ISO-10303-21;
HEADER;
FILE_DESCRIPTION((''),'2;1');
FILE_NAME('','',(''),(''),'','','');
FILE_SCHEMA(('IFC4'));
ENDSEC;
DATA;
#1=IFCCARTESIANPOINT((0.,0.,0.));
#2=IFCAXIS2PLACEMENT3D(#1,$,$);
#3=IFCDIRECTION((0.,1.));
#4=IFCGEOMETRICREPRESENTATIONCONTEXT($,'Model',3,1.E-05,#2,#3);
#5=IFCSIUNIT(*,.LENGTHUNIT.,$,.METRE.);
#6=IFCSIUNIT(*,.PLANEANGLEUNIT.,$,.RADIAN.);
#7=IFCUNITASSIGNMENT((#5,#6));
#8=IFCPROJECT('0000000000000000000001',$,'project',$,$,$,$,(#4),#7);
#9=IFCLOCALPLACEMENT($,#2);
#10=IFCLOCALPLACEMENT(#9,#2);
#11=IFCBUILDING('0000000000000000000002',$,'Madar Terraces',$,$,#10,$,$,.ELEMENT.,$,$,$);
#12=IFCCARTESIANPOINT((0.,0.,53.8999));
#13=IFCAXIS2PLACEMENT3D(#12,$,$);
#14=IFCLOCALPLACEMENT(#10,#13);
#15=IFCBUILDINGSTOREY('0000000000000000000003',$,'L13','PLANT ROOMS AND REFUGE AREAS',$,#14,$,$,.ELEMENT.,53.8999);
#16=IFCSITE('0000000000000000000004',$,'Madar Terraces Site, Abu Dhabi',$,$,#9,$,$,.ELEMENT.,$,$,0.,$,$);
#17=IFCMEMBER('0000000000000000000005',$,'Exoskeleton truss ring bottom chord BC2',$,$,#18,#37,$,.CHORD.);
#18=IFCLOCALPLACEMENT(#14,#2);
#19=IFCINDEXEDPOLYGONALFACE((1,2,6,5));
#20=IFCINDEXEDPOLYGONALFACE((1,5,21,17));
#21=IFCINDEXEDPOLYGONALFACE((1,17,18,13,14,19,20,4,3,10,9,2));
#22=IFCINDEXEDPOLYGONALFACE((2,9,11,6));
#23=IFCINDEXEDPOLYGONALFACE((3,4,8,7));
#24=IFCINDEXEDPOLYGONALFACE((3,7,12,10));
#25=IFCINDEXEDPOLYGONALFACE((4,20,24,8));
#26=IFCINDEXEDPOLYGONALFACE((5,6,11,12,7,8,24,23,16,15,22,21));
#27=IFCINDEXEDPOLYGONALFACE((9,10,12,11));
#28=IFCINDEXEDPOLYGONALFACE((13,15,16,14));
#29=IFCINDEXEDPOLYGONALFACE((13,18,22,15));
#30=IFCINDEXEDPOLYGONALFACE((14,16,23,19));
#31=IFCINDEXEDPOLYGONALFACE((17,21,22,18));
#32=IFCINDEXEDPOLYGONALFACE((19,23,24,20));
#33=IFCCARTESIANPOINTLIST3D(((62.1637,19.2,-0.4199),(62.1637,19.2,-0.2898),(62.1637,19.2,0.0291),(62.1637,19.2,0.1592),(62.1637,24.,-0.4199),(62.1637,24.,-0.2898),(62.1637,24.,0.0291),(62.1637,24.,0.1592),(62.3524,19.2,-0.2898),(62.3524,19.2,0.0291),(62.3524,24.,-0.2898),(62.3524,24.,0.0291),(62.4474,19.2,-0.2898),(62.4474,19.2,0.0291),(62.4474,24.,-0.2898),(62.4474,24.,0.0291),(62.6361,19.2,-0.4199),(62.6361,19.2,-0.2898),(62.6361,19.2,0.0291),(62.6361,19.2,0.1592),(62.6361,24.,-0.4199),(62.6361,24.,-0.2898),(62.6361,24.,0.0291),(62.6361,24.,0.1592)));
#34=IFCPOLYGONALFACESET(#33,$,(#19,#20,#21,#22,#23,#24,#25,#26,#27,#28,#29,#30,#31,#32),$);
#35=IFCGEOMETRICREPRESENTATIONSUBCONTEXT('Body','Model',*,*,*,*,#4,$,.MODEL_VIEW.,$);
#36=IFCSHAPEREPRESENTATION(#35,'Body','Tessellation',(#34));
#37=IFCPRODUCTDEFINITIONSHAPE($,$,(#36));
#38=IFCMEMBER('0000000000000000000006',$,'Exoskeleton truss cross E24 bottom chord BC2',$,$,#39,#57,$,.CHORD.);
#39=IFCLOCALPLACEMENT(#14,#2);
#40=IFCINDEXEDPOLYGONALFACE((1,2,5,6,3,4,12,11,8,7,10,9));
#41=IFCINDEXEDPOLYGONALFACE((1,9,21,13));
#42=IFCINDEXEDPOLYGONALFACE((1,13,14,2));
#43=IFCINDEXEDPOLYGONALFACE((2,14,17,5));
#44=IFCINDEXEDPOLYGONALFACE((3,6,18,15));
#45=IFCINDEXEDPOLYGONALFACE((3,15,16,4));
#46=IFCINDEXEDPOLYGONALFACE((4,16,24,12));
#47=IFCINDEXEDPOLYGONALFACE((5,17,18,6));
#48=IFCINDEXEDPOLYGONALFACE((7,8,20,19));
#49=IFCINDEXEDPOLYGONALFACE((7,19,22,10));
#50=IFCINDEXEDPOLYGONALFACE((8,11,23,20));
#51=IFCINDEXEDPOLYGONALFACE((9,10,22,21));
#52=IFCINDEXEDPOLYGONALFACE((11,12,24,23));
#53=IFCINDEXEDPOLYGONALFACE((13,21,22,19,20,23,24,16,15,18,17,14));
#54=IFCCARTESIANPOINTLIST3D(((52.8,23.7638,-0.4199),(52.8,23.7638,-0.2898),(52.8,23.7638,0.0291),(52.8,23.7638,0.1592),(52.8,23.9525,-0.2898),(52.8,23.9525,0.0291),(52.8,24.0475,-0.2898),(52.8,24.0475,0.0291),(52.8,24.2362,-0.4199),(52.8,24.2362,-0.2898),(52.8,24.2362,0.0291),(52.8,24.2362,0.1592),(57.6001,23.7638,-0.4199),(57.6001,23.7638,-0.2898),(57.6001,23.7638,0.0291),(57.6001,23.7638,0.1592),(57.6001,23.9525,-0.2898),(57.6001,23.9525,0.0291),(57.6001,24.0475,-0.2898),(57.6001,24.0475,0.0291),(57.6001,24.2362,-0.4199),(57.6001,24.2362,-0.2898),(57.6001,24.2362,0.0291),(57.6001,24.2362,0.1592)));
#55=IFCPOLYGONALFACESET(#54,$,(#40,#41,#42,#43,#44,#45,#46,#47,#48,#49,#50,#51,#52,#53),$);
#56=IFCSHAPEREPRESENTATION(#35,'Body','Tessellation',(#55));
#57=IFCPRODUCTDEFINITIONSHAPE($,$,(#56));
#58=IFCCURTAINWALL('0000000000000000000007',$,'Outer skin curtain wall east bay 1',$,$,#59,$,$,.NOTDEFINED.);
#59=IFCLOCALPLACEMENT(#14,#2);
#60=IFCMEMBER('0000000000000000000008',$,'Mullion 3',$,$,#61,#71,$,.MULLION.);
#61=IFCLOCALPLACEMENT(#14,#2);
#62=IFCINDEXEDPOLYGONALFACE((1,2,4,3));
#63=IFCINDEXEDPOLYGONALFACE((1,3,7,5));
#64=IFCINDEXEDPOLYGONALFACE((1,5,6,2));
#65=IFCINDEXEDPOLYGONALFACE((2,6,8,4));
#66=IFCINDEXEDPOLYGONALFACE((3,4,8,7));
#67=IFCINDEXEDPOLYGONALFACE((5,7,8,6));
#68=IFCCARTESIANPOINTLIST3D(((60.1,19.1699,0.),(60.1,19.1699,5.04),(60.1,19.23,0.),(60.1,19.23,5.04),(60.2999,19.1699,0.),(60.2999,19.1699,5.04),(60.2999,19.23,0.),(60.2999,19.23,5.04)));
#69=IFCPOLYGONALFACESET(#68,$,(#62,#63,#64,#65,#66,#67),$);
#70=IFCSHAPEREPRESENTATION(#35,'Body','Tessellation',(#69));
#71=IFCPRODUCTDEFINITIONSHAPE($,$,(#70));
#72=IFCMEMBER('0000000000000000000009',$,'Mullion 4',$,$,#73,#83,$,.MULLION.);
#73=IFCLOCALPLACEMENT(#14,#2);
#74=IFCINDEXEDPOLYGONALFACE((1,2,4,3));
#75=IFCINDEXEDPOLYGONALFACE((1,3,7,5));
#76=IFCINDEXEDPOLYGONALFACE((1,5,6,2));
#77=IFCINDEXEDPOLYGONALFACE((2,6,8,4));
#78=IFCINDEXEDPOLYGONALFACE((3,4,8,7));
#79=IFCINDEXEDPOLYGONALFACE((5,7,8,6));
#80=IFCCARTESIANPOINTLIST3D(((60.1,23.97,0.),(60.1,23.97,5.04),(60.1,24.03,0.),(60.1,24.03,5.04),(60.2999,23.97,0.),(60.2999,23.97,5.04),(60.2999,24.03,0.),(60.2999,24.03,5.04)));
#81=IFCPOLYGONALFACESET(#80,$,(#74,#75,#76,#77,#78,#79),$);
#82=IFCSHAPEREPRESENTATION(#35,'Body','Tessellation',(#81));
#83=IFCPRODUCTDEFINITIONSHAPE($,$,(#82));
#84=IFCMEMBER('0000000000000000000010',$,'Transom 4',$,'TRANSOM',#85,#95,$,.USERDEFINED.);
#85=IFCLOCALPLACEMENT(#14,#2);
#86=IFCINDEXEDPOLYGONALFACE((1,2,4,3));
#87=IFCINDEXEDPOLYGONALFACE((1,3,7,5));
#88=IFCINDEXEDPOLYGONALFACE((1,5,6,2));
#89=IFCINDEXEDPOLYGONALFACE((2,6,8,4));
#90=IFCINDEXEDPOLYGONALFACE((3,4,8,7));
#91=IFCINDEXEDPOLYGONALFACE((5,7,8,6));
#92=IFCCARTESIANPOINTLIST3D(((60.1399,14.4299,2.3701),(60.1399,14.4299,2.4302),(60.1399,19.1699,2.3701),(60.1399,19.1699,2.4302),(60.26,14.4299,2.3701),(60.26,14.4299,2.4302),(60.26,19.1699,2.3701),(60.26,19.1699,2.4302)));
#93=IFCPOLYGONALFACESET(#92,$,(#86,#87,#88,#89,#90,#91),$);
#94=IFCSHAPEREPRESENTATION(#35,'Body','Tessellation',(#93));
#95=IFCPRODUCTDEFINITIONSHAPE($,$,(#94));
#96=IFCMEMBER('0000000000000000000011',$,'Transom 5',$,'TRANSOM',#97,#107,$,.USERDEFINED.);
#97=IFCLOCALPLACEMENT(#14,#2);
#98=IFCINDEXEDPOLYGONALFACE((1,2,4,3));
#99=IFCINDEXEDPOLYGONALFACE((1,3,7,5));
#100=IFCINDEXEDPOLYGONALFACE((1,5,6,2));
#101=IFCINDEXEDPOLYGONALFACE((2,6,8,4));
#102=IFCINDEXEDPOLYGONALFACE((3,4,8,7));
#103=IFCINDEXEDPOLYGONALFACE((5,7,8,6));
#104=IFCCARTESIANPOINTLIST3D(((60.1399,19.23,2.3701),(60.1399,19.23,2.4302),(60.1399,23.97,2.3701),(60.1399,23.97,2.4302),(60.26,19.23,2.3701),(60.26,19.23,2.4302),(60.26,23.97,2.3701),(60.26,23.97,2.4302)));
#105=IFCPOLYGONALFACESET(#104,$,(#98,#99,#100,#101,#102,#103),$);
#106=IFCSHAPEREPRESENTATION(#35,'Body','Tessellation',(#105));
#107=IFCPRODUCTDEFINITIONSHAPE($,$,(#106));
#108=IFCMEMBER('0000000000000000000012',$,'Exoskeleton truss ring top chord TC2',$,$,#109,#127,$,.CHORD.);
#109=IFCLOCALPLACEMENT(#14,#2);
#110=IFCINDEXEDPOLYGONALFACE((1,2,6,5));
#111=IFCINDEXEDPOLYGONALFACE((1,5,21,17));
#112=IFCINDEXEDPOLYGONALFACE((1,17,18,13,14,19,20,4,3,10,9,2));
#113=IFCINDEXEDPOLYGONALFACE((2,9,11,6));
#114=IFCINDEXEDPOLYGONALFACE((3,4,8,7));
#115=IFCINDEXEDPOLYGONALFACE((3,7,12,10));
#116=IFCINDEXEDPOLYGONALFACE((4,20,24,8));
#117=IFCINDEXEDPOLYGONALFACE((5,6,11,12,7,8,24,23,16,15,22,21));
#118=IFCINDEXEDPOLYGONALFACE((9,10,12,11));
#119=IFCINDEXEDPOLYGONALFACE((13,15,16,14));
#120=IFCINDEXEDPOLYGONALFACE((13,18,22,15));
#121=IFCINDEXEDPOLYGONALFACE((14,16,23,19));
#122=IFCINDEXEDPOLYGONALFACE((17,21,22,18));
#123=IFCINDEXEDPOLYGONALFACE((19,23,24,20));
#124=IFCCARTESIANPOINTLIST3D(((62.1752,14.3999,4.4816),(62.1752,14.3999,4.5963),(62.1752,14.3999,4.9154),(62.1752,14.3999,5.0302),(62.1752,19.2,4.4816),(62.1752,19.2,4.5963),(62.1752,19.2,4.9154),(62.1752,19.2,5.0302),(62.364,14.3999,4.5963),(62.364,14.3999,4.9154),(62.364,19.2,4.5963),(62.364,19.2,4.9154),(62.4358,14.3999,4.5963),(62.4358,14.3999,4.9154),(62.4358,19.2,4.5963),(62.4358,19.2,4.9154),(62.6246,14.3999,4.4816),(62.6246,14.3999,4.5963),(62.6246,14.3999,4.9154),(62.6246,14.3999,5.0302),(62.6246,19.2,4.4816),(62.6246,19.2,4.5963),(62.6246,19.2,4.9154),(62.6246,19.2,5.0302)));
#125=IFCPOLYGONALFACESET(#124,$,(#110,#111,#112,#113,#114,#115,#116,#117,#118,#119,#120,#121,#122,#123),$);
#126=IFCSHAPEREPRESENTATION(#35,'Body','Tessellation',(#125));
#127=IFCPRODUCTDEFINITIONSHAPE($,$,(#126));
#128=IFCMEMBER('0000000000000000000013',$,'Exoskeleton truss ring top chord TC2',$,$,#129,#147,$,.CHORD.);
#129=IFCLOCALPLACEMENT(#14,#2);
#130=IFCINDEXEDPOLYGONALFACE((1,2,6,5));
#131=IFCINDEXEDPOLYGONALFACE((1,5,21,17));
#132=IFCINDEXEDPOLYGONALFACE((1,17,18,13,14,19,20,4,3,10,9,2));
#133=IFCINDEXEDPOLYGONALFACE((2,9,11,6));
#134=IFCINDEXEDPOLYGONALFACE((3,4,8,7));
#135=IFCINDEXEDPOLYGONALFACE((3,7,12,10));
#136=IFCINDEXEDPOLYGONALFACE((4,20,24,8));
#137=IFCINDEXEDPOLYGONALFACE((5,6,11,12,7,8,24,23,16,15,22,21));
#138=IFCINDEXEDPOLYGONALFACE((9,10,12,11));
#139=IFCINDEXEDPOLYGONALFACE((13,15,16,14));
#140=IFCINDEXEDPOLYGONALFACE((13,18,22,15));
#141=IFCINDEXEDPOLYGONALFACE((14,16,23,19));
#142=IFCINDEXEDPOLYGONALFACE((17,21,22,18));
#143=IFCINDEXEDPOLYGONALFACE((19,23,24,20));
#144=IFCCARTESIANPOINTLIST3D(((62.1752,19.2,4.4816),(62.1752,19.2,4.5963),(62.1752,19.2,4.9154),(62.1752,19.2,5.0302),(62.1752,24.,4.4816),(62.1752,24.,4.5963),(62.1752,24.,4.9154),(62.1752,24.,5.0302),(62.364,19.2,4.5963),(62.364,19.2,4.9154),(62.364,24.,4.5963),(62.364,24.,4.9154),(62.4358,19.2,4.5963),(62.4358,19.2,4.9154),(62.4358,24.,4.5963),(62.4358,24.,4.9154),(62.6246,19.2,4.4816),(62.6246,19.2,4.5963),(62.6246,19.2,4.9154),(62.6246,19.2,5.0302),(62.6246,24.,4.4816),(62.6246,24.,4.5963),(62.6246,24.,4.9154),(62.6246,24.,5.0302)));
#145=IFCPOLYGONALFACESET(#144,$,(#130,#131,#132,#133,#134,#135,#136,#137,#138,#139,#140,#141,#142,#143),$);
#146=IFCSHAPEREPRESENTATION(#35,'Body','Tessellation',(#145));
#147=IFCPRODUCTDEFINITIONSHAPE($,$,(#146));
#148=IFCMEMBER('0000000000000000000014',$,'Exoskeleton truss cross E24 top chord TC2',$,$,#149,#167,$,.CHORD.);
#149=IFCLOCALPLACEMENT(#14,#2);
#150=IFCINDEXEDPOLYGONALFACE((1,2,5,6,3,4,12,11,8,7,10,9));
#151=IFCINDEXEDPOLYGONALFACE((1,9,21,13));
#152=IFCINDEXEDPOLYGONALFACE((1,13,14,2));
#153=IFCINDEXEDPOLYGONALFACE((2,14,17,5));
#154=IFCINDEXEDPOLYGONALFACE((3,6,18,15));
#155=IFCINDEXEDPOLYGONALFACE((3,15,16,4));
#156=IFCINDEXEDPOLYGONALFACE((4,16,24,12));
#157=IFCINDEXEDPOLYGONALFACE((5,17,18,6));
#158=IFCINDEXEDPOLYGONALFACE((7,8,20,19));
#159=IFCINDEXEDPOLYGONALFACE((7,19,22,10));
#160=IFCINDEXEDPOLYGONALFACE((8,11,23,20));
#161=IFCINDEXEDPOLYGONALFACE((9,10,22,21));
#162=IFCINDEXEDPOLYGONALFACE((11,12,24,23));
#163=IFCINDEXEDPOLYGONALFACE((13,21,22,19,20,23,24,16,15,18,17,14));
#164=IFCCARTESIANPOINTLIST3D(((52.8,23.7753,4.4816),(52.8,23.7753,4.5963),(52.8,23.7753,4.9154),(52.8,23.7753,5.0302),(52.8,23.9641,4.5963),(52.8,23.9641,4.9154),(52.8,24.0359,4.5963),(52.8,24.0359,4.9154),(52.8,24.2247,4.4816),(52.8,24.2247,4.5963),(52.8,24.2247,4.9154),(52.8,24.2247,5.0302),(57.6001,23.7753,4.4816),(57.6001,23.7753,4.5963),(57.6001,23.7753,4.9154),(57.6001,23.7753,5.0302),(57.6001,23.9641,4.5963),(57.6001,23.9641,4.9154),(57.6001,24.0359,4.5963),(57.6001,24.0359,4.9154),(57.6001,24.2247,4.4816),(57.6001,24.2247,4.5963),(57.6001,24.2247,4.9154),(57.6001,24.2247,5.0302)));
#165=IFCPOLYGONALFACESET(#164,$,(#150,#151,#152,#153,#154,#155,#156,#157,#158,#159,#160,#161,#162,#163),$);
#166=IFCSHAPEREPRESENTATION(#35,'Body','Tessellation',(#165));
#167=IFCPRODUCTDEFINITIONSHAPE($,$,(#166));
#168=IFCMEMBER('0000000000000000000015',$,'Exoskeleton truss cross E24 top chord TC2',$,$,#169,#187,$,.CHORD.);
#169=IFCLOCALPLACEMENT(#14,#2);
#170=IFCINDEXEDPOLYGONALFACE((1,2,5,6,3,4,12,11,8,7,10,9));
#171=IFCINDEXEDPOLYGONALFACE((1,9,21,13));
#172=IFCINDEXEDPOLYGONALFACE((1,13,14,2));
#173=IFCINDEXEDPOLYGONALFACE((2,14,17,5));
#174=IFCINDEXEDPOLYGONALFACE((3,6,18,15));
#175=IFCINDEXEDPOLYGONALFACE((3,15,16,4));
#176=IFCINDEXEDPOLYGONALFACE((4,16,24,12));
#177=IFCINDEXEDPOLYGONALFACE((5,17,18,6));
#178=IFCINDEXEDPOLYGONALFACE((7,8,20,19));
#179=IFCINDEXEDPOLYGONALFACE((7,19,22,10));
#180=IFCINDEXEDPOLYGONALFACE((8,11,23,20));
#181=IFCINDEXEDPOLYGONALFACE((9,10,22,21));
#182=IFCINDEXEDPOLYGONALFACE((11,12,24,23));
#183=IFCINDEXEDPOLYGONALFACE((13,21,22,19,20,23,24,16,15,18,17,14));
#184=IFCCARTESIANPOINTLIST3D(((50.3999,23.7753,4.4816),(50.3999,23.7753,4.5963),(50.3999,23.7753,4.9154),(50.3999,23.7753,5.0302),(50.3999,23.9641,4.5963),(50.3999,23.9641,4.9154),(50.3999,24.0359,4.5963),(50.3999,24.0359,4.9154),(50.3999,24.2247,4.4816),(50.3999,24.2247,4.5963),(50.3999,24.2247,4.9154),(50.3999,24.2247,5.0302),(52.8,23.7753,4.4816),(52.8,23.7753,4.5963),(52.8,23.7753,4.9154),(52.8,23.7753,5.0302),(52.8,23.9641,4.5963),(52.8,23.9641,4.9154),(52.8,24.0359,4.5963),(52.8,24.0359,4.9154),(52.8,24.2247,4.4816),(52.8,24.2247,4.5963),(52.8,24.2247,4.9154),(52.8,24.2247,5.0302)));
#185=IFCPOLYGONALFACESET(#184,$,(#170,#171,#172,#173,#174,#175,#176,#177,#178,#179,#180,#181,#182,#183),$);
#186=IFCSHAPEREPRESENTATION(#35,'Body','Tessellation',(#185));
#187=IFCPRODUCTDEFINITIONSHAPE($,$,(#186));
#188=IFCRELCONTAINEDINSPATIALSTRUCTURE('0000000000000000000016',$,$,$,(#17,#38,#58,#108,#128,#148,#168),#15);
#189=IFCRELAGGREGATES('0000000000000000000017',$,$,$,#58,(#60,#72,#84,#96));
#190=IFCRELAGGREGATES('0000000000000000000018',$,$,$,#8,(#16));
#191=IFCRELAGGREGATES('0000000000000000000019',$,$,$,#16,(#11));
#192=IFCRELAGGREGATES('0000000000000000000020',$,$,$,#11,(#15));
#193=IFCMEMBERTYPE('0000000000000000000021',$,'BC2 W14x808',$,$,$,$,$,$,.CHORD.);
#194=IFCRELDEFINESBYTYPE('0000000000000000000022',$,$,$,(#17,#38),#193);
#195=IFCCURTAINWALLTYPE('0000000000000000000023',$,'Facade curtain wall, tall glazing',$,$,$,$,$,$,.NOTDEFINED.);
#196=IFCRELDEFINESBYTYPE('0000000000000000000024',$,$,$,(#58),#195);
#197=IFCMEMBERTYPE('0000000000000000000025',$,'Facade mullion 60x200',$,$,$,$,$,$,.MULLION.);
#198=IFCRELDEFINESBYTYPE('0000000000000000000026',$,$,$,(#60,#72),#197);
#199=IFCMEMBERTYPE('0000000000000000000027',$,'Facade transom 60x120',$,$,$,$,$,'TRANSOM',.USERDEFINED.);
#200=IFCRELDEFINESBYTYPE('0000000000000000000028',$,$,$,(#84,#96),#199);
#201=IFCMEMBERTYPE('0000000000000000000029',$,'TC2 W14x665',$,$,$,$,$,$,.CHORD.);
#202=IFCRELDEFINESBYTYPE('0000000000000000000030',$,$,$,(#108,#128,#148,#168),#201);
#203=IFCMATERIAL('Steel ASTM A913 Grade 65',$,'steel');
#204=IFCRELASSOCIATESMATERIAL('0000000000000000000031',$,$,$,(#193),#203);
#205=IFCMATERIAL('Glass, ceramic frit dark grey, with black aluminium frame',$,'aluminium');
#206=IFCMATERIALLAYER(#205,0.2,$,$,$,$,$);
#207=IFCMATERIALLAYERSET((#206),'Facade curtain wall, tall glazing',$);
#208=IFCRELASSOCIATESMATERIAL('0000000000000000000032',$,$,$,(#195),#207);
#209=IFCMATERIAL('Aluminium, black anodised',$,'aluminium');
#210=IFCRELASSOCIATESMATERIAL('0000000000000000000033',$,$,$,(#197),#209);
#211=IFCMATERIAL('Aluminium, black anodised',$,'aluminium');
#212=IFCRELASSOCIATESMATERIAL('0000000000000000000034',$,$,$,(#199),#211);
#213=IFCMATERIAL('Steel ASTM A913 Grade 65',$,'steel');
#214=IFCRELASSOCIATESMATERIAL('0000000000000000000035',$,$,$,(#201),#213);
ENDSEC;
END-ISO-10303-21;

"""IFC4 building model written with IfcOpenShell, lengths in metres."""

from ifc_helpers import new_model, si_unit, direction, frame, origin, origin_2d, place, context, subcontext, project, spatial, rectangle, i_section, extrude, material, layer, layer_set, material_profile, profile_set, type_object, element, aggregate, save


model = new_model("IFC4")

# Units and contexts
model_context = context("Model", 3, precision=1e-05, world=origin(), true_north=direction((0.0, 1.0)))
body_context = subcontext(model_context, "Body", "Model", "MODEL_VIEW")
ifc_project = project(units=[si_unit("LENGTHUNIT", "METRE"), si_unit("PLANEANGLEUNIT", "RADIAN")], contexts=[model_context])

# Site, building, storey
site_placement = place(None, origin())
site = spatial("IfcSite", under=ifc_project, at=site_placement, Name="Madar Terraces Site, Abu Dhabi", CompositionType="ELEMENT", RefElevation=0.0)
building_placement = place(site_placement, origin())
building = spatial("IfcBuilding", under=site, at=building_placement, Name="Madar Terraces", CompositionType="ELEMENT")
storey_placement = place(building_placement, frame((0.0, 0.0, 53.8999)))
storey = spatial("IfcBuildingStorey", under=building, at=storey_placement, Name="L13", Description="PLANT ROOMS AND REFUGE AREAS", CompositionType="ELEMENT", Elevation=53.8999)

# Members
ifc_material_1 = material(Name="Steel ASTM A913 Grade 65", Category="steel")
ifc_material_profile_1 = material_profile(ifc_material_1, i_section(OverallWidth=0.4724, OverallDepth=0.5791, WebThickness=0.095, FlangeThickness=0.1301, at=origin_2d()), Name="W14x808")
ifc_profile_set_1 = profile_set([ifc_material_profile_1], Name="Steel ASTM A913 Grade 65")
member_type_1 = type_object("IfcMemberType", Name="BC2 W14x808", PredefinedType="CHORD", material=ifc_profile_set_1)
for number, where, z_axis, x_axis, name in (
    (1, (62.3999, 19.2, -0.1304), (0.0, 1.0, 0.0), (-1.0, 0.0, 0.0), "Exoskeleton truss ring bottom chord BC2"),
    (2, (57.6001, 24.0, -0.1304), (-1.0, 0.0, 0.0), (0.0, -1.0, 0.0), "Exoskeleton truss cross E24 bottom chord BC2"),
):
    element("IfcMember", number, at=place(storey_placement, frame(where, z_axis=z_axis, x_axis=x_axis)), inside=storey, type_object=member_type_1, Name=name, PredefinedType="CHORD", context=body_context, shape_type="SweptSolid", body=[
        extrude(i_section(OverallWidth=0.4724, OverallDepth=0.5791, WebThickness=0.095, FlangeThickness=0.1301, at=origin_2d()), origin(), (0.0, 0.0, 1.0), 4.8),
    ])

# Curtain wall, members
ifc_material_2 = material(Name="Glass, ceramic frit dark grey, with black aluminium frame", Category="aluminium")
ifc_layer_1 = layer(ifc_material_2, 0.2)
ifc_layer_set_1 = layer_set([ifc_layer_1], Name="Facade curtain wall, tall glazing")
curtain_wall_type = type_object("IfcCurtainWallType", Name="Facade curtain wall, tall glazing", PredefinedType="NOTDEFINED", material=ifc_layer_set_1)
curtain_wall_placement = place(storey_placement, origin())
curtain_wall = element("IfcCurtainWall", 3, at=curtain_wall_placement, inside=storey, type_object=curtain_wall_type, Name="Outer skin curtain wall east bay 1", PredefinedType="NOTDEFINED")
ifc_material_3 = material(Name="Aluminium, black anodised", Category="aluminium")
ifc_material_profile_2 = material_profile(ifc_material_3, rectangle(XDim=0.2, YDim=0.0601, at=origin_2d()), Name="Facade mullion 60x200")
ifc_profile_set_2 = profile_set([ifc_material_profile_2], Name="Aluminium, black anodised")
member_type_2 = type_object("IfcMemberType", Name="Facade mullion 60x200", PredefinedType="MULLION", material=ifc_profile_set_2)
member_1_placement = place(storey_placement, frame((60.2, 19.2, 0.0), z_axis=(0.0, 0.0, 1.0), x_axis=(-1.0, 0.0, 0.0)))
member_1 = element("IfcMember", 4, at=member_1_placement, type_object=member_type_2, Name="Mullion 3", PredefinedType="MULLION", context=body_context, shape_type="SweptSolid", body=[
    extrude(rectangle(XDim=0.2, YDim=0.0601, at=origin_2d()), origin(), (0.0, 0.0, 1.0), 5.04),
])
member_2_placement = place(storey_placement, frame((60.2, 24.0, 0.0), z_axis=(0.0, 0.0, 1.0), x_axis=(-1.0, 0.0, 0.0)))
member_2 = element("IfcMember", 5, at=member_2_placement, type_object=member_type_2, Name="Mullion 4", PredefinedType="MULLION", context=body_context, shape_type="SweptSolid", body=[
    extrude(rectangle(XDim=0.2, YDim=0.0601, at=origin_2d()), origin(), (0.0, 0.0, 1.0), 5.04),
])
ifc_material_4 = material(Name="Aluminium, black anodised", Category="aluminium")
ifc_material_profile_3 = material_profile(ifc_material_4, rectangle(XDim=0.1201, YDim=0.0601, at=origin_2d()), Name="Facade transom 60x120")
ifc_profile_set_3 = profile_set([ifc_material_profile_3], Name="Aluminium, black anodised")
member_type_3 = type_object("IfcMemberType", Name="Facade transom 60x120", ElementType="TRANSOM", PredefinedType="USERDEFINED", material=ifc_profile_set_3)
member_3_placement = place(storey_placement, frame((60.2, 14.4299, 2.4001), z_axis=(0.0, 1.0, 0.0), x_axis=(-1.0, 0.0, 0.0)))
member_3 = element("IfcMember", 6, at=member_3_placement, type_object=member_type_3, Name="Transom 4", ObjectType="TRANSOM", PredefinedType="USERDEFINED", context=body_context, shape_type="SweptSolid", body=[
    extrude(rectangle(XDim=0.1201, YDim=0.0601, at=origin_2d()), origin(), (0.0, 0.0, 1.0), 4.74),
])
member_4_placement = place(storey_placement, frame((60.2, 19.23, 2.4001), z_axis=(0.0, 1.0, 0.0), x_axis=(-1.0, 0.0, 0.0)))
member_4 = element("IfcMember", 7, at=member_4_placement, type_object=member_type_3, Name="Transom 5", ObjectType="TRANSOM", PredefinedType="USERDEFINED", context=body_context, shape_type="SweptSolid", body=[
    extrude(rectangle(XDim=0.1201, YDim=0.0601, at=origin_2d()), origin(), (0.0, 0.0, 1.0), 4.74),
])

# Members
ifc_material_5 = material(Name="Steel ASTM A913 Grade 65", Category="steel")
ifc_material_profile_4 = material_profile(ifc_material_5, i_section(OverallWidth=0.4495, OverallDepth=0.5486, WebThickness=0.0718, FlangeThickness=0.1147, at=origin_2d()), Name="W14x665")
ifc_profile_set_4 = profile_set([ifc_material_profile_4], Name="Steel ASTM A913 Grade 65")
member_type_4 = type_object("IfcMemberType", Name="TC2 W14x665", PredefinedType="CHORD", material=ifc_profile_set_4)
for number, where, z_axis, x_axis, name in (
    (8, (62.3999, 14.3999, 4.7559), (0.0, 1.0, 0.0), (-1.0, 0.0, 0.0), "Exoskeleton truss ring top chord TC2"),
    (9, (62.3999, 19.2, 4.7559), (0.0, 1.0, 0.0), (-1.0, 0.0, 0.0), "Exoskeleton truss ring top chord TC2"),
    (10, (57.6001, 24.0, 4.7559), (-1.0, 0.0, 0.0), (0.0, -1.0, 0.0), "Exoskeleton truss cross E24 top chord TC2"),
):
    element("IfcMember", number, at=place(storey_placement, frame(where, z_axis=z_axis, x_axis=x_axis)), inside=storey, type_object=member_type_4, Name=name, PredefinedType="CHORD", context=body_context, shape_type="SweptSolid", body=[
        extrude(i_section(OverallWidth=0.4495, OverallDepth=0.5486, WebThickness=0.0718, FlangeThickness=0.1147, at=origin_2d()), origin(), (0.0, 0.0, 1.0), 4.8),
    ])
member_5_placement = place(storey_placement, frame((52.8, 24.0, 4.7559), z_axis=(-1.0, 0.0, 0.0), x_axis=(0.0, -1.0, 0.0)))
element("IfcMember", 11, at=member_5_placement, inside=storey, type_object=member_type_4, Name="Exoskeleton truss cross E24 top chord TC2", PredefinedType="CHORD", context=body_context, shape_type="SweptSolid", body=[
    extrude(i_section(OverallWidth=0.4495, OverallDepth=0.5486, WebThickness=0.0718, FlangeThickness=0.1147, at=origin_2d()), origin(), (0.0, 0.0, 1.0), 2.4001),
])

aggregate(curtain_wall, [member_1, member_2, member_3, member_4])

save(model, "model.ifc")
